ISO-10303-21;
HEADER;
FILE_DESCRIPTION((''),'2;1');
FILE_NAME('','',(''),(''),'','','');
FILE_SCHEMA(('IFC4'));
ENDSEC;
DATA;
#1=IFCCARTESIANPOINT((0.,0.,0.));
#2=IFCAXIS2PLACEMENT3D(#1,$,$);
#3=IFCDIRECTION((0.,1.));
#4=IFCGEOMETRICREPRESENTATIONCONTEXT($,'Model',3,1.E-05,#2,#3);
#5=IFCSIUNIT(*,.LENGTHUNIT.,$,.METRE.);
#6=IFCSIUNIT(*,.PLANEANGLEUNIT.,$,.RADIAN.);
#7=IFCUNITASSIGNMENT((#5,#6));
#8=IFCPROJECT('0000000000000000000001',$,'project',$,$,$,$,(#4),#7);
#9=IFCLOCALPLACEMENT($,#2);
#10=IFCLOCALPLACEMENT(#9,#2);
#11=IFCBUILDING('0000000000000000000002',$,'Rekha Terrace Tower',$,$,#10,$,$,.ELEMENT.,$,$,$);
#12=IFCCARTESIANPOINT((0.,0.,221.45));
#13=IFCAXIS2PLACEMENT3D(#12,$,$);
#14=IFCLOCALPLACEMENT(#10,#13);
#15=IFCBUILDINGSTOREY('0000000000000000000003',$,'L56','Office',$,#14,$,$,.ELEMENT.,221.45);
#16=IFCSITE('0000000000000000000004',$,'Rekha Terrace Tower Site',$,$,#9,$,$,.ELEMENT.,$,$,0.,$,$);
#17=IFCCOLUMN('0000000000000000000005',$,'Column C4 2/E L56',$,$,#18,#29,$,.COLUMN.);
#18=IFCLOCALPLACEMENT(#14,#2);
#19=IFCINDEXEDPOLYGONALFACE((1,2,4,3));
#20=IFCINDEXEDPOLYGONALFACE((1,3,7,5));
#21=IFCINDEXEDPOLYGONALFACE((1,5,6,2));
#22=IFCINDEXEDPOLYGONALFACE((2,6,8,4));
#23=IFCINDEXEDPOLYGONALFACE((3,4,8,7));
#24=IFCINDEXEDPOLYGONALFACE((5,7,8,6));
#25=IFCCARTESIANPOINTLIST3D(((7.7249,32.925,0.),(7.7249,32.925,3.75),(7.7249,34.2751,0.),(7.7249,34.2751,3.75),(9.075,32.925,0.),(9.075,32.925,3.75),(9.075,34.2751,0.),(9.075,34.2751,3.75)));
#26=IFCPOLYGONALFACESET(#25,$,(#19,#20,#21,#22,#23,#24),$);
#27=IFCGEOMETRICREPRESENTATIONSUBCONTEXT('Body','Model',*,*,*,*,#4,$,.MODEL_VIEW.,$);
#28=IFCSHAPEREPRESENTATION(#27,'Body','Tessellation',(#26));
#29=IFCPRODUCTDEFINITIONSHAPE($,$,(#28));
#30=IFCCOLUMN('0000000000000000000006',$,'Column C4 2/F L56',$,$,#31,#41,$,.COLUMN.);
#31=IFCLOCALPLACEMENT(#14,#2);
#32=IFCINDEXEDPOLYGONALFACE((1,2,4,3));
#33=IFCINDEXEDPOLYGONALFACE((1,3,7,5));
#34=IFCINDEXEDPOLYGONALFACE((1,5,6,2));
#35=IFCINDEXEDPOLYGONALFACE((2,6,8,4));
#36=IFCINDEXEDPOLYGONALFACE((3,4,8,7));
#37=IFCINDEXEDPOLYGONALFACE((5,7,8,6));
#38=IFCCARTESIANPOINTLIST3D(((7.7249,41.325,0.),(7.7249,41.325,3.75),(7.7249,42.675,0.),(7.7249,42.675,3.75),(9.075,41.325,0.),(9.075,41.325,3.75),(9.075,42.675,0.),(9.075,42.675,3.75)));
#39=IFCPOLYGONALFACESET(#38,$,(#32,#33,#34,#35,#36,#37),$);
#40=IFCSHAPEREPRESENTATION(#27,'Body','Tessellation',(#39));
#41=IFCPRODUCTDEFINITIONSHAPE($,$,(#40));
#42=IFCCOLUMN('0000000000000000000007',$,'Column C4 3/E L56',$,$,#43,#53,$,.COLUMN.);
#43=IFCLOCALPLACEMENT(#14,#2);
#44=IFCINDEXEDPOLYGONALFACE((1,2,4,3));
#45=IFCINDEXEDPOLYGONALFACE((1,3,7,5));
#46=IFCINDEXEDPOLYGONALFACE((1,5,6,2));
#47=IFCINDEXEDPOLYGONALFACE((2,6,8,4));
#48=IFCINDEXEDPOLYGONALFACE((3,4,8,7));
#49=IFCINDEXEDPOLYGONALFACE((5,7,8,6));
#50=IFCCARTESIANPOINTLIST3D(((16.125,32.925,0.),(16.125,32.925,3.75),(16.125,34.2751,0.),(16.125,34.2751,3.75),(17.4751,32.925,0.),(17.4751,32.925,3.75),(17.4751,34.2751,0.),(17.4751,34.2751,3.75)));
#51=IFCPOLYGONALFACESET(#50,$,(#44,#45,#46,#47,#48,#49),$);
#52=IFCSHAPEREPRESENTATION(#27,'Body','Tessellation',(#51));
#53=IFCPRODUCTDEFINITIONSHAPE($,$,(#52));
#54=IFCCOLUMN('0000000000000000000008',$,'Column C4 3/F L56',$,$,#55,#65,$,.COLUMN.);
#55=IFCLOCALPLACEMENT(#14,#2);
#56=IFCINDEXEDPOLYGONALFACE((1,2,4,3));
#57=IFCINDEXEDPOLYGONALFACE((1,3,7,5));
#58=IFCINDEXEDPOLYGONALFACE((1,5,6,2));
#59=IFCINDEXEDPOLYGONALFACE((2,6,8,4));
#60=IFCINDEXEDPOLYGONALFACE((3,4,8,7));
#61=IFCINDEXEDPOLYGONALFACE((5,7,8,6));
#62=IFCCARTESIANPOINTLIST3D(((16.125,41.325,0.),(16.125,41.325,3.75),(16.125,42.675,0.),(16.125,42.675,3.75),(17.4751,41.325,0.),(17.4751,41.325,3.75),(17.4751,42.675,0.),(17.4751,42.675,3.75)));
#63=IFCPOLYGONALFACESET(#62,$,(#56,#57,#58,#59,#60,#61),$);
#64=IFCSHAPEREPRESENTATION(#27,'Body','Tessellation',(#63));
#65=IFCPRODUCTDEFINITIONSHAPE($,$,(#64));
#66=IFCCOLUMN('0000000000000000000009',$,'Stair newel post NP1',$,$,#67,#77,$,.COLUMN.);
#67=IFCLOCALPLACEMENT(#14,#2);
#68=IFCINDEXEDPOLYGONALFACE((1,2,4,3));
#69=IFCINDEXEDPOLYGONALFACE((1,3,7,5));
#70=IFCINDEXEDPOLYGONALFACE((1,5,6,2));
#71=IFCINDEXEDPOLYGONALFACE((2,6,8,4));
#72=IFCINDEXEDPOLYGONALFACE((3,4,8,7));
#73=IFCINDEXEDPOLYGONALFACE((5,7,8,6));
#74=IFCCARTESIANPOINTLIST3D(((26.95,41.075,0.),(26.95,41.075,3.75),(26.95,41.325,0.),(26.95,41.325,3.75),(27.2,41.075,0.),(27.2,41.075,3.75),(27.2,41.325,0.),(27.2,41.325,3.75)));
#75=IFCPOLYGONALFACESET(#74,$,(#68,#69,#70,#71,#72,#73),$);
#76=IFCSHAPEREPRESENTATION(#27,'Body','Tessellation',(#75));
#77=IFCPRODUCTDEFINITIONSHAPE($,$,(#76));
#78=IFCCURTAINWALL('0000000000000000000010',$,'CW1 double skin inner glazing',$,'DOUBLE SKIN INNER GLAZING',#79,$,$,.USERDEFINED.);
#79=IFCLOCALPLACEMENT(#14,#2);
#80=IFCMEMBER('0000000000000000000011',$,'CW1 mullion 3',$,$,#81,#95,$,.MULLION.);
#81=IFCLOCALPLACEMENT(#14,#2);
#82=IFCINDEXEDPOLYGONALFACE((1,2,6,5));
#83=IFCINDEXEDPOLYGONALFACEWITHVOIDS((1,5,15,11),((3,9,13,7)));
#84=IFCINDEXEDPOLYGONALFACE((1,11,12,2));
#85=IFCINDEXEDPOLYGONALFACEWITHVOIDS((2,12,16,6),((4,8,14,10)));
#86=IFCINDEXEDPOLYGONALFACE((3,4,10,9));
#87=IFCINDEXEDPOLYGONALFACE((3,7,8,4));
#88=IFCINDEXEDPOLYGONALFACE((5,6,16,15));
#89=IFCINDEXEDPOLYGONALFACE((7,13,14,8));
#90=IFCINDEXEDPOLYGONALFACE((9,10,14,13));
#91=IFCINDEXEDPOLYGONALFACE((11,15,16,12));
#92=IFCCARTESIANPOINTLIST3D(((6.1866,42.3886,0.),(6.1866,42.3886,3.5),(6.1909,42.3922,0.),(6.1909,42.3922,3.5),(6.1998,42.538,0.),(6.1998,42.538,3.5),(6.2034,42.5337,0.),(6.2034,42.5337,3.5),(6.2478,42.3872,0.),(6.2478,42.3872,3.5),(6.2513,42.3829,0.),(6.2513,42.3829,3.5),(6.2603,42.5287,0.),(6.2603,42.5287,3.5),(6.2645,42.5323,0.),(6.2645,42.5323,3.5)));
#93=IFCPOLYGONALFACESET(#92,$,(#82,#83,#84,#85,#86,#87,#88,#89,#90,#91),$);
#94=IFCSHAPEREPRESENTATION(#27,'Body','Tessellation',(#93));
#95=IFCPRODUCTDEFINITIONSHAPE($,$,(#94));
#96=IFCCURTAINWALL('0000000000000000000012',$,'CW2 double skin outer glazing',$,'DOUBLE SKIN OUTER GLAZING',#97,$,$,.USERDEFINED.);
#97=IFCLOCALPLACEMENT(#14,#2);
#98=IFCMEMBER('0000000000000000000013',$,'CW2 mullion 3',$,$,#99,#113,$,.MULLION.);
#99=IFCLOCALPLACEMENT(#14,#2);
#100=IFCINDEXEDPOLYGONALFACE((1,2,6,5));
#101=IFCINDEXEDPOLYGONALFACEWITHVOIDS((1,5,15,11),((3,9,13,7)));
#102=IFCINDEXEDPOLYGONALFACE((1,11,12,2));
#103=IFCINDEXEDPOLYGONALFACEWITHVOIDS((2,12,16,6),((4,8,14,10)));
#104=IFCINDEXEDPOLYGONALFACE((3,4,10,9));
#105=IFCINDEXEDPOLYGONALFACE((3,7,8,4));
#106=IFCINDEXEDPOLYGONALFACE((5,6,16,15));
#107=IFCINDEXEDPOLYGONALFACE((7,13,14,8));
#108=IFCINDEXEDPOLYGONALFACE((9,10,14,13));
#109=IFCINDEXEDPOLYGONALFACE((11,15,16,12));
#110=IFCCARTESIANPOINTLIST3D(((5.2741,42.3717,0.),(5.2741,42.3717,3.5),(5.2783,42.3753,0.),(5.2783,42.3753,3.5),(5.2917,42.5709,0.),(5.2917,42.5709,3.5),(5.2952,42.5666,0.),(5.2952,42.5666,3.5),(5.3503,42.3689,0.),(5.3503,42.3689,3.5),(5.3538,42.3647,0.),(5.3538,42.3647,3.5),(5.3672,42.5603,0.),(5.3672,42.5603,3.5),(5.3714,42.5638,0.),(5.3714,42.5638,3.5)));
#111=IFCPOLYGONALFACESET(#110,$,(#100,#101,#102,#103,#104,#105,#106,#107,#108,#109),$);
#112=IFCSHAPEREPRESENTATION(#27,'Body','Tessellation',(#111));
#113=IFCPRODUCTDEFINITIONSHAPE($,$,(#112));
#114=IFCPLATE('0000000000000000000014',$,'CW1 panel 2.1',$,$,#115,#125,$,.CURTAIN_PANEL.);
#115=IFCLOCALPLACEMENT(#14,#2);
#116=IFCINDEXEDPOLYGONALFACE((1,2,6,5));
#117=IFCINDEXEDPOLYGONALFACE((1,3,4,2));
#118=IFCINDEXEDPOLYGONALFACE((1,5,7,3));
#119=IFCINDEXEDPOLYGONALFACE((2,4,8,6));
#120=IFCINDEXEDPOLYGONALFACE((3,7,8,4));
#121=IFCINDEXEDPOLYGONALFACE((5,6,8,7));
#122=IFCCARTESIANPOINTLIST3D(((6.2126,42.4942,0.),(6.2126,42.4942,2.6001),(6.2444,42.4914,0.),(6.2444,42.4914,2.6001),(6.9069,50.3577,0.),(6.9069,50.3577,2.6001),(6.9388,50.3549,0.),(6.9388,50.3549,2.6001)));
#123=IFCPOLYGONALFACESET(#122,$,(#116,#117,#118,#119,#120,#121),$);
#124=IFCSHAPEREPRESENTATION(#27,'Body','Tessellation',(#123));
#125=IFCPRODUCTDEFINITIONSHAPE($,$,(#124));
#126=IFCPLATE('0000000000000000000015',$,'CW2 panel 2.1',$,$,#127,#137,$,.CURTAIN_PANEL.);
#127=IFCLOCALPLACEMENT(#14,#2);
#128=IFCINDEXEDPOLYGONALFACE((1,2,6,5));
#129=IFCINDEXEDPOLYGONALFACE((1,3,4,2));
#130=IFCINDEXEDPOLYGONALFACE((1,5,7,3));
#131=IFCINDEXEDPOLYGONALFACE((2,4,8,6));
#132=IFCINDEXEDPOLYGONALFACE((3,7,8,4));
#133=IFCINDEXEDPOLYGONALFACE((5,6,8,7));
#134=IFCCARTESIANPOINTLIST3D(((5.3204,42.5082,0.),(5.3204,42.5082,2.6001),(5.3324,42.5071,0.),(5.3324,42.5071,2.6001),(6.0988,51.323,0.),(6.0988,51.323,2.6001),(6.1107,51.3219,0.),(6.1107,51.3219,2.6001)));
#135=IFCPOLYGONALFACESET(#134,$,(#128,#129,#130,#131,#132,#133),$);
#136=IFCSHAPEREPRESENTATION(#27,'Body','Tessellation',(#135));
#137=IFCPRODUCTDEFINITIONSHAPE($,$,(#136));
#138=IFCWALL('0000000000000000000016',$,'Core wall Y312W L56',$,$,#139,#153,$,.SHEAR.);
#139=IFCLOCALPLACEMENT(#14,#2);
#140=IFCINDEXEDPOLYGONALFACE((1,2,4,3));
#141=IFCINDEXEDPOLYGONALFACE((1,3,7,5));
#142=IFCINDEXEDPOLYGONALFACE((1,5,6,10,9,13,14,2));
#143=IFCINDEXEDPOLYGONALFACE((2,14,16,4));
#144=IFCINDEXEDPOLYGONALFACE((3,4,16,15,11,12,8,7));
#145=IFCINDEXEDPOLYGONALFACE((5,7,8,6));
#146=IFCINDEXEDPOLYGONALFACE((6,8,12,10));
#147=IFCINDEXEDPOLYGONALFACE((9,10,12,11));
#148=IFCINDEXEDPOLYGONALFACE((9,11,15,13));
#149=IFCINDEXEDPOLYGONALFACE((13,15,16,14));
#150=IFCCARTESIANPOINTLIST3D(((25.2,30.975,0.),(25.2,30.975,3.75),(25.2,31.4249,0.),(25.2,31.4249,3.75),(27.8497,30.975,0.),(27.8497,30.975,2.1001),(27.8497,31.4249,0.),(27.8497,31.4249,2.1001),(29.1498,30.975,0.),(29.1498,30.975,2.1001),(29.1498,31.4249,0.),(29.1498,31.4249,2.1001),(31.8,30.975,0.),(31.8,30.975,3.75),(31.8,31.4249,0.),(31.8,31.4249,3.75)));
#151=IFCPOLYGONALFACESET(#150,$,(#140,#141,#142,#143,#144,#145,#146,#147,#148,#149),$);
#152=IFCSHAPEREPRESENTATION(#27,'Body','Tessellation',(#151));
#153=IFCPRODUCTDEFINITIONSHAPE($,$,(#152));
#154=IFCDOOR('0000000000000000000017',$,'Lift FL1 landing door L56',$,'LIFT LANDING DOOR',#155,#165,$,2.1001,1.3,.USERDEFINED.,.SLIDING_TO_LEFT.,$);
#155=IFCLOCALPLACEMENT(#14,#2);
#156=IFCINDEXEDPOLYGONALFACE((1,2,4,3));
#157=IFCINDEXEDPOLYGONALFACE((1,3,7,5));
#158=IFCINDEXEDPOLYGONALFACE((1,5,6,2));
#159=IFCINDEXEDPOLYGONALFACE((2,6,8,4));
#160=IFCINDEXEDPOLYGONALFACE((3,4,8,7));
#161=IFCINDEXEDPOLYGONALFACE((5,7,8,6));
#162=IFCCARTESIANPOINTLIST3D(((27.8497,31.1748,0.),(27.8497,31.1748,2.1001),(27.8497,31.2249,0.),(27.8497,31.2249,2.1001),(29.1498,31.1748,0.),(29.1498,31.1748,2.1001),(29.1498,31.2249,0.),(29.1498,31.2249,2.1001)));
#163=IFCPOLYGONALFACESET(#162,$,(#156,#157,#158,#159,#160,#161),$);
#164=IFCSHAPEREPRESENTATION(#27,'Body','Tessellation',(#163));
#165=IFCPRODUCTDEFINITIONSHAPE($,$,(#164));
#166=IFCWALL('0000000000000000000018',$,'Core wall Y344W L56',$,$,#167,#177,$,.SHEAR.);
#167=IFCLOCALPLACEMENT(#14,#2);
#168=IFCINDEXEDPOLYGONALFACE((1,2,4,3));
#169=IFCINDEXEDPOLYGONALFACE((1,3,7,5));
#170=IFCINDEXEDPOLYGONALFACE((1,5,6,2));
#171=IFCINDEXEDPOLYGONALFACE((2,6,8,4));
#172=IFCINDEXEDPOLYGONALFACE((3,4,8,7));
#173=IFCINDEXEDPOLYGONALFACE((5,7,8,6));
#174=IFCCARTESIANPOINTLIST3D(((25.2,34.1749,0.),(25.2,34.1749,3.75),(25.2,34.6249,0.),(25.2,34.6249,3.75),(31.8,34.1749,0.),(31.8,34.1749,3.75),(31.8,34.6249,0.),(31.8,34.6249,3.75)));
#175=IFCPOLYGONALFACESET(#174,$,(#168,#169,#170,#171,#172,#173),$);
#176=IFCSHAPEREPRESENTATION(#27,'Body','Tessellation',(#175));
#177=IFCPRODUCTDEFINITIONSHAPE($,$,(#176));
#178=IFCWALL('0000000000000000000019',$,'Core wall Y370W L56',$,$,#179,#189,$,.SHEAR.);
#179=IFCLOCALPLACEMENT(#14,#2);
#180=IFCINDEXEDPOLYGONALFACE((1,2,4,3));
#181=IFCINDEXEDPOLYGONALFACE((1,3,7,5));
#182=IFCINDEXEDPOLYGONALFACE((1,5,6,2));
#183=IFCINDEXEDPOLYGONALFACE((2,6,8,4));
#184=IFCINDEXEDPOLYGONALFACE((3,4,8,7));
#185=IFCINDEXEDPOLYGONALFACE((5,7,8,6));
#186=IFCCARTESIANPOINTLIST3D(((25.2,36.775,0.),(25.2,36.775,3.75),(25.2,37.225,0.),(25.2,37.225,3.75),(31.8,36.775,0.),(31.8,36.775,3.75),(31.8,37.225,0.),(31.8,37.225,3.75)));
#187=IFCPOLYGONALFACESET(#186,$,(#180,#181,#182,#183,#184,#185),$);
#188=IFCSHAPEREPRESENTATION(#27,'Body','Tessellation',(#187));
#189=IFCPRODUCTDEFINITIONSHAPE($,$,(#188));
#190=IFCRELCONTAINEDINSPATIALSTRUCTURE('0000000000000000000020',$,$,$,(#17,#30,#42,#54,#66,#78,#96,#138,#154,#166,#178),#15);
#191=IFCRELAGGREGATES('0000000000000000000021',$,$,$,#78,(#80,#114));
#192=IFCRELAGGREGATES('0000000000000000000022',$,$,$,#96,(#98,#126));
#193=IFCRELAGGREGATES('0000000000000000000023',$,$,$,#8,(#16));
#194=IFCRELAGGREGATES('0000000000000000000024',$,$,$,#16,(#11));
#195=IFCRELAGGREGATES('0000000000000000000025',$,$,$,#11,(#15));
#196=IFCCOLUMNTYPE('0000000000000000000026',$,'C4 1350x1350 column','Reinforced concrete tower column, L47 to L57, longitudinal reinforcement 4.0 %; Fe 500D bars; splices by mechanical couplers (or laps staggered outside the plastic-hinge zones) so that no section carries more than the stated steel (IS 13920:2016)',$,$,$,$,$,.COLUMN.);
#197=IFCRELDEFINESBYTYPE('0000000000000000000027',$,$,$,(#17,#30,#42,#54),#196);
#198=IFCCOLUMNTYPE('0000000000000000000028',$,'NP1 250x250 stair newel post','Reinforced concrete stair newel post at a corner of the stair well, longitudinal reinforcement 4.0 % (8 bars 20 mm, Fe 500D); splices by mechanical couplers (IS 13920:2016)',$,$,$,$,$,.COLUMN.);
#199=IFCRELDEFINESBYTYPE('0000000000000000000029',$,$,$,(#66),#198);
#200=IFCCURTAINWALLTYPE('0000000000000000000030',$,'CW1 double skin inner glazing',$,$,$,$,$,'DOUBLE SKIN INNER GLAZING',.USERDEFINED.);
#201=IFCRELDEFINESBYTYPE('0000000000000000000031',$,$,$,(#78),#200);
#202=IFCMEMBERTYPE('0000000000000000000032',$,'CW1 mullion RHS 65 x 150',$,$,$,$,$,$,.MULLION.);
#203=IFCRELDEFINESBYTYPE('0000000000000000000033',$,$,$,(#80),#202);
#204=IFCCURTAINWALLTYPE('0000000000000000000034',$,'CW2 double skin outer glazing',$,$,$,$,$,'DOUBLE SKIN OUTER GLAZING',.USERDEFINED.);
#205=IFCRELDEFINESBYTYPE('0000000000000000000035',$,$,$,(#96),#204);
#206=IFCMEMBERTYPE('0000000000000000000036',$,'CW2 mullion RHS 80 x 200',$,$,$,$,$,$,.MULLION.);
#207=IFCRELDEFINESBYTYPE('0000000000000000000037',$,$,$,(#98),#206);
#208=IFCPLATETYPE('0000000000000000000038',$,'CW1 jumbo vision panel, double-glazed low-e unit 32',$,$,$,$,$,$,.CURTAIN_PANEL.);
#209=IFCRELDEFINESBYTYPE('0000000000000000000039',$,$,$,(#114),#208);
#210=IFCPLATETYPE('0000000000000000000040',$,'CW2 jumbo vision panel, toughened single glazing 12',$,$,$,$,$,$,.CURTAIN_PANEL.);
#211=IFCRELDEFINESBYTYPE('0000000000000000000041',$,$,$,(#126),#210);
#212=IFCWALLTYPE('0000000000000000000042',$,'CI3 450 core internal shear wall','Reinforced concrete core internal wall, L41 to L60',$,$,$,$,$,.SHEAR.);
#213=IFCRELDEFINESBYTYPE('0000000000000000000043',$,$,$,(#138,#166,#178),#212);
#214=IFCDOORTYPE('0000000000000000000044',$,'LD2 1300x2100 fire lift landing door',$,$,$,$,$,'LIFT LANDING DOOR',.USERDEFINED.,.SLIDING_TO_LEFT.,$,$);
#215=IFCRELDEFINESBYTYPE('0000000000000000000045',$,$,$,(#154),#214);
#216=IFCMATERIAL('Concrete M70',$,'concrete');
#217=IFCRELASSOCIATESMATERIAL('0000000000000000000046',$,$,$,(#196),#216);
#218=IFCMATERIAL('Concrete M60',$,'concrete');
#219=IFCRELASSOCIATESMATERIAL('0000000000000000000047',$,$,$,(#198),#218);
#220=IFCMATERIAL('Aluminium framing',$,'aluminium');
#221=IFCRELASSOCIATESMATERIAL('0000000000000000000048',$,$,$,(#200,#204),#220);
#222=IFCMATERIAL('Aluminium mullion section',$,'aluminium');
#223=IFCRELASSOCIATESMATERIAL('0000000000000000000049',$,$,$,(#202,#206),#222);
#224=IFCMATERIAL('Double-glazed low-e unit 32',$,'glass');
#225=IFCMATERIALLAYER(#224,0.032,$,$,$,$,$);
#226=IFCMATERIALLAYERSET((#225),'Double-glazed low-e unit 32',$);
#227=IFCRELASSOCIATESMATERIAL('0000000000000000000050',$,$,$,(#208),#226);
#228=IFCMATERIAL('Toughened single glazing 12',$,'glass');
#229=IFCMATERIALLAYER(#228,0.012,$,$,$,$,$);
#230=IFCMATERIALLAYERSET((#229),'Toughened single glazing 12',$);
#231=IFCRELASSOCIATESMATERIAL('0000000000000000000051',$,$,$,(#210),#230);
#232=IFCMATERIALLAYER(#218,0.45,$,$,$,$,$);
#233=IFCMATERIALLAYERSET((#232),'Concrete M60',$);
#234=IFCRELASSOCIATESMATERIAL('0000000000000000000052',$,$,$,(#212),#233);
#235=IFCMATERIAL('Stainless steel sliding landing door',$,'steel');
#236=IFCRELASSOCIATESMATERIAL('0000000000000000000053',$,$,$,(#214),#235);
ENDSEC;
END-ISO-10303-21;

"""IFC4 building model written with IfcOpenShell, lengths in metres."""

from ifc_helpers import new_model, si_unit, direction, frame, frame_2d, origin, origin_2d, place, context, subcontext, project, spatial, rectangle, hollow_rectangle, extrude, material, layer, layer_set, material_profile, profile_set, type_object, element, fill, aggregate, save


model = new_model("IFC4")

# Units and contexts
model_context = context("Model", 3, precision=1e-05, world=origin(), true_north=direction((0.0, 1.0)))
body_context = subcontext(model_context, "Body", "Model", "MODEL_VIEW")
ifc_project = project(units=[si_unit("LENGTHUNIT", "METRE"), si_unit("PLANEANGLEUNIT", "RADIAN")], contexts=[model_context])

# Site, building, storey
site_placement = place(None, origin())
site = spatial("IfcSite", under=ifc_project, at=site_placement, Name="Rekha Terrace Tower Site", CompositionType="ELEMENT", RefElevation=0.0)
building_placement = place(site_placement, origin())
building = spatial("IfcBuilding", under=site, at=building_placement, Name="Rekha Terrace Tower", CompositionType="ELEMENT")
storey_placement = place(building_placement, frame((0.0, 0.0, 221.45)))
storey = spatial("IfcBuildingStorey", under=building, at=storey_placement, Name="L56", Description="Office", CompositionType="ELEMENT", Elevation=221.45)

# Columns
ifc_material_1 = material(Name="Concrete M70", Category="concrete")
ifc_material_profile_1 = material_profile(ifc_material_1, rectangle(XDim=1.3501, YDim=1.3501, at=origin_2d()), Name="RC 1350x1350")
ifc_profile_set_1 = profile_set([ifc_material_profile_1], Name="Concrete M70")
column_type_1 = type_object("IfcColumnType", Name="C4 1350x1350 column", Description="Reinforced concrete tower column, L47 to L57, longitudinal reinforcement 4.0 %; Fe 500D bars; splices by mechanical couplers (or laps staggered outside the plastic-hinge zones) so that no section carries more than the stated steel (IS 13920:2016)", PredefinedType="COLUMN", material=ifc_profile_set_1)
for number, where, z_axis, x_axis, name in (
    (1, (8.3999, 33.6001, 0.0), (0.0, 0.0, 1.0), (1.0, 0.0, 0.0), "Column C4 2/E L56"),
    (2, (8.3999, 42.0, 0.0), (0.0, 0.0, 1.0), (1.0, 0.0, 0.0), "Column C4 2/F L56"),
    (3, (16.8, 33.6001, 0.0), (0.0, 0.0, 1.0), (1.0, 0.0, 0.0), "Column C4 3/E L56"),
    (4, (16.8, 42.0, 0.0), (0.0, 0.0, 1.0), (1.0, 0.0, 0.0), "Column C4 3/F L56"),
):
    element("IfcColumn", number, at=place(storey_placement, frame(where, z_axis=z_axis, x_axis=x_axis)), inside=storey, type_object=column_type_1, Name=name, PredefinedType="COLUMN", context=body_context, shape_type="SweptSolid", body=[
        extrude(rectangle(XDim=1.3501, YDim=1.3501, at=origin_2d()), origin(), (0.0, 0.0, 1.0), 3.75),
    ])
ifc_material_2 = material(Name="Concrete M60", Category="concrete")
ifc_material_profile_2 = material_profile(ifc_material_2, rectangle(XDim=0.25, YDim=0.25, at=origin_2d()), Name="RC 250x250")
ifc_profile_set_2 = profile_set([ifc_material_profile_2], Name="Concrete M60")
column_type_2 = type_object("IfcColumnType", Name="NP1 250x250 stair newel post", Description="Reinforced concrete stair newel post at a corner of the stair well, longitudinal reinforcement 4.0 % (8 bars 20 mm, Fe 500D); splices by mechanical couplers (IS 13920:2016)", PredefinedType="COLUMN", material=ifc_profile_set_2)
column_placement = place(storey_placement, frame((27.075, 41.2, 0.0), z_axis=(0.0, 0.0, 1.0), x_axis=(1.0, 0.0, 0.0)))
element("IfcColumn", 5, at=column_placement, inside=storey, type_object=column_type_2, Name="Stair newel post NP1", PredefinedType="COLUMN", context=body_context, shape_type="SweptSolid", body=[
    extrude(rectangle(XDim=0.25, YDim=0.25, at=origin_2d()), origin(), (0.0, 0.0, 1.0), 3.75),
])

# Curtain walls, members
ifc_material_3 = material(Name="Aluminium framing", Category="aluminium")
curtain_wall_type_1 = type_object("IfcCurtainWallType", Name="CW1 double skin inner glazing", ElementType="DOUBLE SKIN INNER GLAZING", PredefinedType="USERDEFINED", material=ifc_material_3)
curtain_wall_1_placement = place(storey_placement, origin())
curtain_wall_1 = element("IfcCurtainWall", 6, at=curtain_wall_1_placement, inside=storey, type_object=curtain_wall_type_1, Name="CW1 double skin inner glazing", ObjectType="DOUBLE SKIN INNER GLAZING", PredefinedType="USERDEFINED")
ifc_material_4 = material(Name="Aluminium mullion section", Category="aluminium")
ifc_material_profile_3 = material_profile(ifc_material_4, hollow_rectangle(XDim=0.0649, YDim=0.1499, WallThickness=0.0039, at=origin_2d()), Name="AL RHS 65x150")
ifc_profile_set_3 = profile_set([ifc_material_profile_3], Name="Aluminium mullion section")
member_type_1 = type_object("IfcMemberType", Name="CW1 mullion RHS 65 x 150", PredefinedType="MULLION", material=ifc_profile_set_3)
member_1_placement = place(storey_placement, frame((6.2256, 42.4604, 0.0), z_axis=(0.0, 0.0, 1.0), x_axis=(0.996124, -0.087958, 0.0)))
member_1 = element("IfcMember", 7, at=member_1_placement, type_object=member_type_1, Name="CW1 mullion 3", PredefinedType="MULLION", context=body_context, shape_type="SweptSolid", body=[
    extrude(hollow_rectangle(XDim=0.0649, YDim=0.1499, WallThickness=0.0039, at=origin_2d()), origin(), (0.0, 0.0, 1.0), 3.5),
])
curtain_wall_type_2 = type_object("IfcCurtainWallType", Name="CW2 double skin outer glazing", ElementType="DOUBLE SKIN OUTER GLAZING", PredefinedType="USERDEFINED", material=ifc_material_3)
curtain_wall_2_placement = place(storey_placement, origin())
curtain_wall_2 = element("IfcCurtainWall", 8, at=curtain_wall_2_placement, inside=storey, type_object=curtain_wall_type_2, Name="CW2 double skin outer glazing", ObjectType="DOUBLE SKIN OUTER GLAZING", PredefinedType="USERDEFINED")
ifc_material_profile_4 = material_profile(ifc_material_4, hollow_rectangle(XDim=0.0801, YDim=0.2, WallThickness=0.0039, at=origin_2d()), Name="AL RHS 80x200")
ifc_profile_set_4 = profile_set([ifc_material_profile_4], Name="Aluminium mullion section")
member_type_2 = type_object("IfcMemberType", Name="CW2 mullion RHS 80 x 200", PredefinedType="MULLION", material=ifc_profile_set_4)
member_2_placement = place(storey_placement, frame((5.3228, 42.4678, 0.0), z_axis=(0.0, 0.0, 1.0), x_axis=(0.996124, -0.087958, 0.0)))
member_2 = element("IfcMember", 9, at=member_2_placement, type_object=member_type_2, Name="CW2 mullion 3", PredefinedType="MULLION", context=body_context, shape_type="SweptSolid", body=[
    extrude(hollow_rectangle(XDim=0.0801, YDim=0.2, WallThickness=0.0039, at=origin_2d()), origin(), (0.0, 0.0, 1.0), 3.5),
])

# Plates
ifc_material_5 = material(Name="Double-glazed low-e unit 32", Category="glass")
ifc_layer_1 = layer(ifc_material_5, 0.032)
ifc_layer_set_1 = layer_set([ifc_layer_1], Name="Double-glazed low-e unit 32")
plate_type_1 = type_object("IfcPlateType", Name="CW1 jumbo vision panel, double-glazed low-e unit 32", PredefinedType="CURTAIN_PANEL", material=ifc_layer_set_1)
plate_1_placement = place(storey_placement, frame((6.5757, 46.4246, 0.0), z_axis=(0.0, 0.0, 1.0), x_axis=(-0.087958, -0.996124, 0.0)))
plate_1 = element("IfcPlate", 10, at=plate_1_placement, type_object=plate_type_1, Name="CW1 panel 2.1", PredefinedType="CURTAIN_PANEL", context=body_context, shape_type="SweptSolid", body=[
    extrude(rectangle(XDim=7.894, YDim=0.032, at=origin_2d()), origin(), (0.0, 0.0, 1.0), 2.6001),
])
aggregate(curtain_wall_1, [member_1, plate_1])
ifc_material_6 = material(Name="Toughened single glazing 12", Category="glass")
ifc_layer_2 = layer(ifc_material_6, 0.012)
ifc_layer_set_2 = layer_set([ifc_layer_2], Name="Toughened single glazing 12")
plate_type_2 = type_object("IfcPlateType", Name="CW2 jumbo vision panel, toughened single glazing 12", PredefinedType="CURTAIN_PANEL", material=ifc_layer_set_2)
plate_2_placement = place(storey_placement, frame((5.7156, 46.915, 0.0), z_axis=(0.0, 0.0, 1.0), x_axis=(-0.087958, -0.996124, 0.0)))
plate_2 = element("IfcPlate", 11, at=plate_2_placement, type_object=plate_type_2, Name="CW2 panel 2.1", PredefinedType="CURTAIN_PANEL", context=body_context, shape_type="SweptSolid", body=[
    extrude(rectangle(XDim=8.8491, YDim=0.012, at=origin_2d()), origin(), (0.0, 0.0, 1.0), 2.6001),
])
aggregate(curtain_wall_2, [member_2, plate_2])

# Wall, opening, door
ifc_layer_3 = layer(ifc_material_2, 0.45)
ifc_layer_set_3 = layer_set([ifc_layer_3], Name="Concrete M60")
wall_type_1 = type_object("IfcWallType", Name="CI3 450 core internal shear wall", Description="Reinforced concrete core internal wall, L41 to L60", PredefinedType="SHEAR", material=ifc_layer_set_3)
wall_1_placement = place(storey_placement, frame((25.2, 31.2, 0.0), z_axis=(0.0, 0.0, 1.0), x_axis=(1.0, 0.0, 0.0)))
wall_1 = element("IfcWall", 12, at=wall_1_placement, inside=storey, type_object=wall_type_1, Name="Core wall Y312W L56", PredefinedType="SHEAR", context=body_context, shape_type="SweptSolid", body=[
    extrude(rectangle(XDim=6.6001, YDim=0.45, at=frame_2d((3.3, 0.0))), origin(), (0.0, 0.0, 1.0), 3.75),
])
opening_1_placement = place(wall_1_placement, frame((2.6499, 0.0, 0.0)))
opening_1 = element("IfcOpeningElement", 13, at=opening_1_placement, cuts=wall_1, PredefinedType="OPENING", context=body_context, shape_type="SweptSolid", body=[
    extrude(rectangle(XDim=1.3, YDim=2.1001, at=frame_2d((0.6499, 1.05))), frame((0.0, 0.2349, 0.0), z_axis=(0.0, -1.0, 0.0), x_axis=(1.0, 0.0, 0.0)), (0.0, 0.0, 1.0), 0.47),
])
ifc_material_7 = material(Name="Stainless steel sliding landing door", Category="steel")
door_type_1 = type_object("IfcDoorType", Name="LD2 1300x2100 fire lift landing door", ElementType="LIFT LANDING DOOR", OperationType="SLIDING_TO_LEFT", PredefinedType="USERDEFINED", material=ifc_material_7)
door_1_placement = place(opening_1_placement, origin())
door_1 = element("IfcDoor", 14, at=door_1_placement, inside=storey, type_object=door_type_1, Name="Lift FL1 landing door L56", ObjectType="LIFT LANDING DOOR", OperationType="SLIDING_TO_LEFT", OverallHeight=2.1001, OverallWidth=1.3, PredefinedType="USERDEFINED", context=body_context, shape_type="SweptSolid", body=[
    extrude(rectangle(XDim=1.3, YDim=2.1001, at=frame_2d((0.6499, 1.05))), frame((0.0, 0.0249, 0.0), z_axis=(0.0, -1.0, 0.0), x_axis=(1.0, 0.0, 0.0)), (0.0, 0.0, 1.0), 0.05),
])
fill(opening_1, door_1)

# Walls
for number, where, z_axis, x_axis, name in (
    (15, (25.2, 34.3999, 0.0), (0.0, 0.0, 1.0), (1.0, 0.0, 0.0), "Core wall Y344W L56"),
    (16, (25.2, 37.0, 0.0), (0.0, 0.0, 1.0), (1.0, 0.0, 0.0), "Core wall Y370W L56"),
):
    element("IfcWall", number, at=place(storey_placement, frame(where, z_axis=z_axis, x_axis=x_axis)), inside=storey, type_object=wall_type_1, Name=name, PredefinedType="SHEAR", context=body_context, shape_type="SweptSolid", body=[
        extrude(rectangle(XDim=6.6001, YDim=0.45, at=frame_2d((3.3, 0.0))), origin(), (0.0, 0.0, 1.0), 3.75),
    ])

save(model, "model.ifc")
